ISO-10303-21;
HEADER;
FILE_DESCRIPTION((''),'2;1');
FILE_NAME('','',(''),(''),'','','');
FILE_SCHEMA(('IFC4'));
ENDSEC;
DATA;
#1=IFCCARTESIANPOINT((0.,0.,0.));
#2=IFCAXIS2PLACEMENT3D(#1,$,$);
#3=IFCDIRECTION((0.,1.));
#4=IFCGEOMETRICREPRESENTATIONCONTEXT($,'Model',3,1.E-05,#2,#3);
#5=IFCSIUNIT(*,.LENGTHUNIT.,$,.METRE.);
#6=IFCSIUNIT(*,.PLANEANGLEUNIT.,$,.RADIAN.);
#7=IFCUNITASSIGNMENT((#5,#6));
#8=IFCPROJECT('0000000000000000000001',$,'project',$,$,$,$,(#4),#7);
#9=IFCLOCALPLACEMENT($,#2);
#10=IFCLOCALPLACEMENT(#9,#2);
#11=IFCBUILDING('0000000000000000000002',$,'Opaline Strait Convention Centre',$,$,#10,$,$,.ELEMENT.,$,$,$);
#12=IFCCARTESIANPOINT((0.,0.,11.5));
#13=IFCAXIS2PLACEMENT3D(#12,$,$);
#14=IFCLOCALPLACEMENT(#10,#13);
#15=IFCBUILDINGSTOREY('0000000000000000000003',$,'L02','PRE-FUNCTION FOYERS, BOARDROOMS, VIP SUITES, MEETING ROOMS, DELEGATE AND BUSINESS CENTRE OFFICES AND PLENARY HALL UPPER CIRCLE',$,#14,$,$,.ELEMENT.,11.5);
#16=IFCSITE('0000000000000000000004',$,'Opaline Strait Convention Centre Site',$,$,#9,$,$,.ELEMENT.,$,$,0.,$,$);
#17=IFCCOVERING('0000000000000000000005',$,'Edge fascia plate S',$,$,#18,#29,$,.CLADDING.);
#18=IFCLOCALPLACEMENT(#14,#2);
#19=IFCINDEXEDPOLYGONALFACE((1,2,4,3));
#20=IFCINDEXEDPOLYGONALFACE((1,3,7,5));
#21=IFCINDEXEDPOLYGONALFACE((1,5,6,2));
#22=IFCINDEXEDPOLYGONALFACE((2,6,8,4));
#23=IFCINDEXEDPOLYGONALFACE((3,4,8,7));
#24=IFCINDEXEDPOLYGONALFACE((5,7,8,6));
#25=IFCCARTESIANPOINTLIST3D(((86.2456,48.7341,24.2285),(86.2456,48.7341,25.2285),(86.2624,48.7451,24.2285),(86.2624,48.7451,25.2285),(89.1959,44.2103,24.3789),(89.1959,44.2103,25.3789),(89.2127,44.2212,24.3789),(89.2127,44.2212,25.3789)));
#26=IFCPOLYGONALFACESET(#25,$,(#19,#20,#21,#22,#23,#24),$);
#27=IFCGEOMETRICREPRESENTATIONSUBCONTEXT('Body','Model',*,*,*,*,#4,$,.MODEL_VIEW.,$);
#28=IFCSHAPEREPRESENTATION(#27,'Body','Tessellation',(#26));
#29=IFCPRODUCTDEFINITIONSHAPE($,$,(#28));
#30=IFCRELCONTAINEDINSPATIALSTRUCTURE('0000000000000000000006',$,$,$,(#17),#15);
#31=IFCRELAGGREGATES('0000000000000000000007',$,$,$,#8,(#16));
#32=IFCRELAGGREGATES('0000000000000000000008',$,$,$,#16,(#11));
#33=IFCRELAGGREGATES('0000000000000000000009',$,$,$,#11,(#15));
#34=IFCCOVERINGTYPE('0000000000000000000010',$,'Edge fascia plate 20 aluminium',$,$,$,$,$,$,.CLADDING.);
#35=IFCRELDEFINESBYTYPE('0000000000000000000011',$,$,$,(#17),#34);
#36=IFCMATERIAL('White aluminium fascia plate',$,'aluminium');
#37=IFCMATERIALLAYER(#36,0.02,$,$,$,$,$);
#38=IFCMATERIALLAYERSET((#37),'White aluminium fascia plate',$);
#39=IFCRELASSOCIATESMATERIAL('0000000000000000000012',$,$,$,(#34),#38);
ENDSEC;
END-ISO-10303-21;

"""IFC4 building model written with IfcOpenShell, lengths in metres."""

from ifc_helpers import new_model, si_unit, direction, frame, origin, place, context, subcontext, project, spatial, polyline, outline, extrude, material, layer, layer_set, type_object, element, save


model = new_model("IFC4")

# Units and contexts
model_context = context("Model", 3, precision=1e-05, world=origin(), true_north=direction((0.0, 1.0)))
body_context = subcontext(model_context, "Body", "Model", "MODEL_VIEW")
ifc_project = project(units=[si_unit("LENGTHUNIT", "METRE"), si_unit("PLANEANGLEUNIT", "RADIAN")], contexts=[model_context])

# Site, building, storey
site_placement = place(None, origin())
site = spatial("IfcSite", under=ifc_project, at=site_placement, Name="Opaline Strait Convention Centre Site", CompositionType="ELEMENT", RefElevation=0.0)
building_placement = place(site_placement, origin())
building = spatial("IfcBuilding", under=site, at=building_placement, Name="Opaline Strait Convention Centre", CompositionType="ELEMENT")
storey_placement = place(building_placement, frame((0.0, 0.0, 11.5)))
storey = spatial("IfcBuildingStorey", under=building, at=storey_placement, Name="L02", Description="PRE-FUNCTION FOYERS, BOARDROOMS, VIP SUITES, MEETING ROOMS, DELEGATE AND BUSINESS CENTRE OFFICES AND PLENARY HALL UPPER CIRCLE", CompositionType="ELEMENT", Elevation=11.5)

# Covering
ifc_material_1 = material(Name="White aluminium fascia plate", Category="aluminium")
ifc_layer_1 = layer(ifc_material_1, 0.02)
ifc_layer_set_1 = layer_set([ifc_layer_1], Name="White aluminium fascia plate")
covering_type = type_object("IfcCoveringType", Name="Edge fascia plate 20 aluminium", PredefinedType="CLADDING", material=ifc_layer_set_1)
covering_1_placement = place(storey_placement, frame((87.7375, 46.4832, 24.8037), z_axis=(-0.837611, -0.546268, 0.0), x_axis=(0.546268, -0.837611, 0.0)))
element("IfcCovering", 1, at=covering_1_placement, inside=storey, type_object=covering_type, Name="Edge fascia plate S", PredefinedType="CLADDING", context=body_context, shape_type="SweptSolid", body=[
    extrude(outline(polyline([(-2.7004, 0.4248), (2.7004, 0.5752), (2.7004, -0.4248), (-2.7004, -0.5752), (-2.7004, 0.4248)])), origin(), (0.0, 0.0, 1.0), 0.02),
])

save(model, "model.ifc")
